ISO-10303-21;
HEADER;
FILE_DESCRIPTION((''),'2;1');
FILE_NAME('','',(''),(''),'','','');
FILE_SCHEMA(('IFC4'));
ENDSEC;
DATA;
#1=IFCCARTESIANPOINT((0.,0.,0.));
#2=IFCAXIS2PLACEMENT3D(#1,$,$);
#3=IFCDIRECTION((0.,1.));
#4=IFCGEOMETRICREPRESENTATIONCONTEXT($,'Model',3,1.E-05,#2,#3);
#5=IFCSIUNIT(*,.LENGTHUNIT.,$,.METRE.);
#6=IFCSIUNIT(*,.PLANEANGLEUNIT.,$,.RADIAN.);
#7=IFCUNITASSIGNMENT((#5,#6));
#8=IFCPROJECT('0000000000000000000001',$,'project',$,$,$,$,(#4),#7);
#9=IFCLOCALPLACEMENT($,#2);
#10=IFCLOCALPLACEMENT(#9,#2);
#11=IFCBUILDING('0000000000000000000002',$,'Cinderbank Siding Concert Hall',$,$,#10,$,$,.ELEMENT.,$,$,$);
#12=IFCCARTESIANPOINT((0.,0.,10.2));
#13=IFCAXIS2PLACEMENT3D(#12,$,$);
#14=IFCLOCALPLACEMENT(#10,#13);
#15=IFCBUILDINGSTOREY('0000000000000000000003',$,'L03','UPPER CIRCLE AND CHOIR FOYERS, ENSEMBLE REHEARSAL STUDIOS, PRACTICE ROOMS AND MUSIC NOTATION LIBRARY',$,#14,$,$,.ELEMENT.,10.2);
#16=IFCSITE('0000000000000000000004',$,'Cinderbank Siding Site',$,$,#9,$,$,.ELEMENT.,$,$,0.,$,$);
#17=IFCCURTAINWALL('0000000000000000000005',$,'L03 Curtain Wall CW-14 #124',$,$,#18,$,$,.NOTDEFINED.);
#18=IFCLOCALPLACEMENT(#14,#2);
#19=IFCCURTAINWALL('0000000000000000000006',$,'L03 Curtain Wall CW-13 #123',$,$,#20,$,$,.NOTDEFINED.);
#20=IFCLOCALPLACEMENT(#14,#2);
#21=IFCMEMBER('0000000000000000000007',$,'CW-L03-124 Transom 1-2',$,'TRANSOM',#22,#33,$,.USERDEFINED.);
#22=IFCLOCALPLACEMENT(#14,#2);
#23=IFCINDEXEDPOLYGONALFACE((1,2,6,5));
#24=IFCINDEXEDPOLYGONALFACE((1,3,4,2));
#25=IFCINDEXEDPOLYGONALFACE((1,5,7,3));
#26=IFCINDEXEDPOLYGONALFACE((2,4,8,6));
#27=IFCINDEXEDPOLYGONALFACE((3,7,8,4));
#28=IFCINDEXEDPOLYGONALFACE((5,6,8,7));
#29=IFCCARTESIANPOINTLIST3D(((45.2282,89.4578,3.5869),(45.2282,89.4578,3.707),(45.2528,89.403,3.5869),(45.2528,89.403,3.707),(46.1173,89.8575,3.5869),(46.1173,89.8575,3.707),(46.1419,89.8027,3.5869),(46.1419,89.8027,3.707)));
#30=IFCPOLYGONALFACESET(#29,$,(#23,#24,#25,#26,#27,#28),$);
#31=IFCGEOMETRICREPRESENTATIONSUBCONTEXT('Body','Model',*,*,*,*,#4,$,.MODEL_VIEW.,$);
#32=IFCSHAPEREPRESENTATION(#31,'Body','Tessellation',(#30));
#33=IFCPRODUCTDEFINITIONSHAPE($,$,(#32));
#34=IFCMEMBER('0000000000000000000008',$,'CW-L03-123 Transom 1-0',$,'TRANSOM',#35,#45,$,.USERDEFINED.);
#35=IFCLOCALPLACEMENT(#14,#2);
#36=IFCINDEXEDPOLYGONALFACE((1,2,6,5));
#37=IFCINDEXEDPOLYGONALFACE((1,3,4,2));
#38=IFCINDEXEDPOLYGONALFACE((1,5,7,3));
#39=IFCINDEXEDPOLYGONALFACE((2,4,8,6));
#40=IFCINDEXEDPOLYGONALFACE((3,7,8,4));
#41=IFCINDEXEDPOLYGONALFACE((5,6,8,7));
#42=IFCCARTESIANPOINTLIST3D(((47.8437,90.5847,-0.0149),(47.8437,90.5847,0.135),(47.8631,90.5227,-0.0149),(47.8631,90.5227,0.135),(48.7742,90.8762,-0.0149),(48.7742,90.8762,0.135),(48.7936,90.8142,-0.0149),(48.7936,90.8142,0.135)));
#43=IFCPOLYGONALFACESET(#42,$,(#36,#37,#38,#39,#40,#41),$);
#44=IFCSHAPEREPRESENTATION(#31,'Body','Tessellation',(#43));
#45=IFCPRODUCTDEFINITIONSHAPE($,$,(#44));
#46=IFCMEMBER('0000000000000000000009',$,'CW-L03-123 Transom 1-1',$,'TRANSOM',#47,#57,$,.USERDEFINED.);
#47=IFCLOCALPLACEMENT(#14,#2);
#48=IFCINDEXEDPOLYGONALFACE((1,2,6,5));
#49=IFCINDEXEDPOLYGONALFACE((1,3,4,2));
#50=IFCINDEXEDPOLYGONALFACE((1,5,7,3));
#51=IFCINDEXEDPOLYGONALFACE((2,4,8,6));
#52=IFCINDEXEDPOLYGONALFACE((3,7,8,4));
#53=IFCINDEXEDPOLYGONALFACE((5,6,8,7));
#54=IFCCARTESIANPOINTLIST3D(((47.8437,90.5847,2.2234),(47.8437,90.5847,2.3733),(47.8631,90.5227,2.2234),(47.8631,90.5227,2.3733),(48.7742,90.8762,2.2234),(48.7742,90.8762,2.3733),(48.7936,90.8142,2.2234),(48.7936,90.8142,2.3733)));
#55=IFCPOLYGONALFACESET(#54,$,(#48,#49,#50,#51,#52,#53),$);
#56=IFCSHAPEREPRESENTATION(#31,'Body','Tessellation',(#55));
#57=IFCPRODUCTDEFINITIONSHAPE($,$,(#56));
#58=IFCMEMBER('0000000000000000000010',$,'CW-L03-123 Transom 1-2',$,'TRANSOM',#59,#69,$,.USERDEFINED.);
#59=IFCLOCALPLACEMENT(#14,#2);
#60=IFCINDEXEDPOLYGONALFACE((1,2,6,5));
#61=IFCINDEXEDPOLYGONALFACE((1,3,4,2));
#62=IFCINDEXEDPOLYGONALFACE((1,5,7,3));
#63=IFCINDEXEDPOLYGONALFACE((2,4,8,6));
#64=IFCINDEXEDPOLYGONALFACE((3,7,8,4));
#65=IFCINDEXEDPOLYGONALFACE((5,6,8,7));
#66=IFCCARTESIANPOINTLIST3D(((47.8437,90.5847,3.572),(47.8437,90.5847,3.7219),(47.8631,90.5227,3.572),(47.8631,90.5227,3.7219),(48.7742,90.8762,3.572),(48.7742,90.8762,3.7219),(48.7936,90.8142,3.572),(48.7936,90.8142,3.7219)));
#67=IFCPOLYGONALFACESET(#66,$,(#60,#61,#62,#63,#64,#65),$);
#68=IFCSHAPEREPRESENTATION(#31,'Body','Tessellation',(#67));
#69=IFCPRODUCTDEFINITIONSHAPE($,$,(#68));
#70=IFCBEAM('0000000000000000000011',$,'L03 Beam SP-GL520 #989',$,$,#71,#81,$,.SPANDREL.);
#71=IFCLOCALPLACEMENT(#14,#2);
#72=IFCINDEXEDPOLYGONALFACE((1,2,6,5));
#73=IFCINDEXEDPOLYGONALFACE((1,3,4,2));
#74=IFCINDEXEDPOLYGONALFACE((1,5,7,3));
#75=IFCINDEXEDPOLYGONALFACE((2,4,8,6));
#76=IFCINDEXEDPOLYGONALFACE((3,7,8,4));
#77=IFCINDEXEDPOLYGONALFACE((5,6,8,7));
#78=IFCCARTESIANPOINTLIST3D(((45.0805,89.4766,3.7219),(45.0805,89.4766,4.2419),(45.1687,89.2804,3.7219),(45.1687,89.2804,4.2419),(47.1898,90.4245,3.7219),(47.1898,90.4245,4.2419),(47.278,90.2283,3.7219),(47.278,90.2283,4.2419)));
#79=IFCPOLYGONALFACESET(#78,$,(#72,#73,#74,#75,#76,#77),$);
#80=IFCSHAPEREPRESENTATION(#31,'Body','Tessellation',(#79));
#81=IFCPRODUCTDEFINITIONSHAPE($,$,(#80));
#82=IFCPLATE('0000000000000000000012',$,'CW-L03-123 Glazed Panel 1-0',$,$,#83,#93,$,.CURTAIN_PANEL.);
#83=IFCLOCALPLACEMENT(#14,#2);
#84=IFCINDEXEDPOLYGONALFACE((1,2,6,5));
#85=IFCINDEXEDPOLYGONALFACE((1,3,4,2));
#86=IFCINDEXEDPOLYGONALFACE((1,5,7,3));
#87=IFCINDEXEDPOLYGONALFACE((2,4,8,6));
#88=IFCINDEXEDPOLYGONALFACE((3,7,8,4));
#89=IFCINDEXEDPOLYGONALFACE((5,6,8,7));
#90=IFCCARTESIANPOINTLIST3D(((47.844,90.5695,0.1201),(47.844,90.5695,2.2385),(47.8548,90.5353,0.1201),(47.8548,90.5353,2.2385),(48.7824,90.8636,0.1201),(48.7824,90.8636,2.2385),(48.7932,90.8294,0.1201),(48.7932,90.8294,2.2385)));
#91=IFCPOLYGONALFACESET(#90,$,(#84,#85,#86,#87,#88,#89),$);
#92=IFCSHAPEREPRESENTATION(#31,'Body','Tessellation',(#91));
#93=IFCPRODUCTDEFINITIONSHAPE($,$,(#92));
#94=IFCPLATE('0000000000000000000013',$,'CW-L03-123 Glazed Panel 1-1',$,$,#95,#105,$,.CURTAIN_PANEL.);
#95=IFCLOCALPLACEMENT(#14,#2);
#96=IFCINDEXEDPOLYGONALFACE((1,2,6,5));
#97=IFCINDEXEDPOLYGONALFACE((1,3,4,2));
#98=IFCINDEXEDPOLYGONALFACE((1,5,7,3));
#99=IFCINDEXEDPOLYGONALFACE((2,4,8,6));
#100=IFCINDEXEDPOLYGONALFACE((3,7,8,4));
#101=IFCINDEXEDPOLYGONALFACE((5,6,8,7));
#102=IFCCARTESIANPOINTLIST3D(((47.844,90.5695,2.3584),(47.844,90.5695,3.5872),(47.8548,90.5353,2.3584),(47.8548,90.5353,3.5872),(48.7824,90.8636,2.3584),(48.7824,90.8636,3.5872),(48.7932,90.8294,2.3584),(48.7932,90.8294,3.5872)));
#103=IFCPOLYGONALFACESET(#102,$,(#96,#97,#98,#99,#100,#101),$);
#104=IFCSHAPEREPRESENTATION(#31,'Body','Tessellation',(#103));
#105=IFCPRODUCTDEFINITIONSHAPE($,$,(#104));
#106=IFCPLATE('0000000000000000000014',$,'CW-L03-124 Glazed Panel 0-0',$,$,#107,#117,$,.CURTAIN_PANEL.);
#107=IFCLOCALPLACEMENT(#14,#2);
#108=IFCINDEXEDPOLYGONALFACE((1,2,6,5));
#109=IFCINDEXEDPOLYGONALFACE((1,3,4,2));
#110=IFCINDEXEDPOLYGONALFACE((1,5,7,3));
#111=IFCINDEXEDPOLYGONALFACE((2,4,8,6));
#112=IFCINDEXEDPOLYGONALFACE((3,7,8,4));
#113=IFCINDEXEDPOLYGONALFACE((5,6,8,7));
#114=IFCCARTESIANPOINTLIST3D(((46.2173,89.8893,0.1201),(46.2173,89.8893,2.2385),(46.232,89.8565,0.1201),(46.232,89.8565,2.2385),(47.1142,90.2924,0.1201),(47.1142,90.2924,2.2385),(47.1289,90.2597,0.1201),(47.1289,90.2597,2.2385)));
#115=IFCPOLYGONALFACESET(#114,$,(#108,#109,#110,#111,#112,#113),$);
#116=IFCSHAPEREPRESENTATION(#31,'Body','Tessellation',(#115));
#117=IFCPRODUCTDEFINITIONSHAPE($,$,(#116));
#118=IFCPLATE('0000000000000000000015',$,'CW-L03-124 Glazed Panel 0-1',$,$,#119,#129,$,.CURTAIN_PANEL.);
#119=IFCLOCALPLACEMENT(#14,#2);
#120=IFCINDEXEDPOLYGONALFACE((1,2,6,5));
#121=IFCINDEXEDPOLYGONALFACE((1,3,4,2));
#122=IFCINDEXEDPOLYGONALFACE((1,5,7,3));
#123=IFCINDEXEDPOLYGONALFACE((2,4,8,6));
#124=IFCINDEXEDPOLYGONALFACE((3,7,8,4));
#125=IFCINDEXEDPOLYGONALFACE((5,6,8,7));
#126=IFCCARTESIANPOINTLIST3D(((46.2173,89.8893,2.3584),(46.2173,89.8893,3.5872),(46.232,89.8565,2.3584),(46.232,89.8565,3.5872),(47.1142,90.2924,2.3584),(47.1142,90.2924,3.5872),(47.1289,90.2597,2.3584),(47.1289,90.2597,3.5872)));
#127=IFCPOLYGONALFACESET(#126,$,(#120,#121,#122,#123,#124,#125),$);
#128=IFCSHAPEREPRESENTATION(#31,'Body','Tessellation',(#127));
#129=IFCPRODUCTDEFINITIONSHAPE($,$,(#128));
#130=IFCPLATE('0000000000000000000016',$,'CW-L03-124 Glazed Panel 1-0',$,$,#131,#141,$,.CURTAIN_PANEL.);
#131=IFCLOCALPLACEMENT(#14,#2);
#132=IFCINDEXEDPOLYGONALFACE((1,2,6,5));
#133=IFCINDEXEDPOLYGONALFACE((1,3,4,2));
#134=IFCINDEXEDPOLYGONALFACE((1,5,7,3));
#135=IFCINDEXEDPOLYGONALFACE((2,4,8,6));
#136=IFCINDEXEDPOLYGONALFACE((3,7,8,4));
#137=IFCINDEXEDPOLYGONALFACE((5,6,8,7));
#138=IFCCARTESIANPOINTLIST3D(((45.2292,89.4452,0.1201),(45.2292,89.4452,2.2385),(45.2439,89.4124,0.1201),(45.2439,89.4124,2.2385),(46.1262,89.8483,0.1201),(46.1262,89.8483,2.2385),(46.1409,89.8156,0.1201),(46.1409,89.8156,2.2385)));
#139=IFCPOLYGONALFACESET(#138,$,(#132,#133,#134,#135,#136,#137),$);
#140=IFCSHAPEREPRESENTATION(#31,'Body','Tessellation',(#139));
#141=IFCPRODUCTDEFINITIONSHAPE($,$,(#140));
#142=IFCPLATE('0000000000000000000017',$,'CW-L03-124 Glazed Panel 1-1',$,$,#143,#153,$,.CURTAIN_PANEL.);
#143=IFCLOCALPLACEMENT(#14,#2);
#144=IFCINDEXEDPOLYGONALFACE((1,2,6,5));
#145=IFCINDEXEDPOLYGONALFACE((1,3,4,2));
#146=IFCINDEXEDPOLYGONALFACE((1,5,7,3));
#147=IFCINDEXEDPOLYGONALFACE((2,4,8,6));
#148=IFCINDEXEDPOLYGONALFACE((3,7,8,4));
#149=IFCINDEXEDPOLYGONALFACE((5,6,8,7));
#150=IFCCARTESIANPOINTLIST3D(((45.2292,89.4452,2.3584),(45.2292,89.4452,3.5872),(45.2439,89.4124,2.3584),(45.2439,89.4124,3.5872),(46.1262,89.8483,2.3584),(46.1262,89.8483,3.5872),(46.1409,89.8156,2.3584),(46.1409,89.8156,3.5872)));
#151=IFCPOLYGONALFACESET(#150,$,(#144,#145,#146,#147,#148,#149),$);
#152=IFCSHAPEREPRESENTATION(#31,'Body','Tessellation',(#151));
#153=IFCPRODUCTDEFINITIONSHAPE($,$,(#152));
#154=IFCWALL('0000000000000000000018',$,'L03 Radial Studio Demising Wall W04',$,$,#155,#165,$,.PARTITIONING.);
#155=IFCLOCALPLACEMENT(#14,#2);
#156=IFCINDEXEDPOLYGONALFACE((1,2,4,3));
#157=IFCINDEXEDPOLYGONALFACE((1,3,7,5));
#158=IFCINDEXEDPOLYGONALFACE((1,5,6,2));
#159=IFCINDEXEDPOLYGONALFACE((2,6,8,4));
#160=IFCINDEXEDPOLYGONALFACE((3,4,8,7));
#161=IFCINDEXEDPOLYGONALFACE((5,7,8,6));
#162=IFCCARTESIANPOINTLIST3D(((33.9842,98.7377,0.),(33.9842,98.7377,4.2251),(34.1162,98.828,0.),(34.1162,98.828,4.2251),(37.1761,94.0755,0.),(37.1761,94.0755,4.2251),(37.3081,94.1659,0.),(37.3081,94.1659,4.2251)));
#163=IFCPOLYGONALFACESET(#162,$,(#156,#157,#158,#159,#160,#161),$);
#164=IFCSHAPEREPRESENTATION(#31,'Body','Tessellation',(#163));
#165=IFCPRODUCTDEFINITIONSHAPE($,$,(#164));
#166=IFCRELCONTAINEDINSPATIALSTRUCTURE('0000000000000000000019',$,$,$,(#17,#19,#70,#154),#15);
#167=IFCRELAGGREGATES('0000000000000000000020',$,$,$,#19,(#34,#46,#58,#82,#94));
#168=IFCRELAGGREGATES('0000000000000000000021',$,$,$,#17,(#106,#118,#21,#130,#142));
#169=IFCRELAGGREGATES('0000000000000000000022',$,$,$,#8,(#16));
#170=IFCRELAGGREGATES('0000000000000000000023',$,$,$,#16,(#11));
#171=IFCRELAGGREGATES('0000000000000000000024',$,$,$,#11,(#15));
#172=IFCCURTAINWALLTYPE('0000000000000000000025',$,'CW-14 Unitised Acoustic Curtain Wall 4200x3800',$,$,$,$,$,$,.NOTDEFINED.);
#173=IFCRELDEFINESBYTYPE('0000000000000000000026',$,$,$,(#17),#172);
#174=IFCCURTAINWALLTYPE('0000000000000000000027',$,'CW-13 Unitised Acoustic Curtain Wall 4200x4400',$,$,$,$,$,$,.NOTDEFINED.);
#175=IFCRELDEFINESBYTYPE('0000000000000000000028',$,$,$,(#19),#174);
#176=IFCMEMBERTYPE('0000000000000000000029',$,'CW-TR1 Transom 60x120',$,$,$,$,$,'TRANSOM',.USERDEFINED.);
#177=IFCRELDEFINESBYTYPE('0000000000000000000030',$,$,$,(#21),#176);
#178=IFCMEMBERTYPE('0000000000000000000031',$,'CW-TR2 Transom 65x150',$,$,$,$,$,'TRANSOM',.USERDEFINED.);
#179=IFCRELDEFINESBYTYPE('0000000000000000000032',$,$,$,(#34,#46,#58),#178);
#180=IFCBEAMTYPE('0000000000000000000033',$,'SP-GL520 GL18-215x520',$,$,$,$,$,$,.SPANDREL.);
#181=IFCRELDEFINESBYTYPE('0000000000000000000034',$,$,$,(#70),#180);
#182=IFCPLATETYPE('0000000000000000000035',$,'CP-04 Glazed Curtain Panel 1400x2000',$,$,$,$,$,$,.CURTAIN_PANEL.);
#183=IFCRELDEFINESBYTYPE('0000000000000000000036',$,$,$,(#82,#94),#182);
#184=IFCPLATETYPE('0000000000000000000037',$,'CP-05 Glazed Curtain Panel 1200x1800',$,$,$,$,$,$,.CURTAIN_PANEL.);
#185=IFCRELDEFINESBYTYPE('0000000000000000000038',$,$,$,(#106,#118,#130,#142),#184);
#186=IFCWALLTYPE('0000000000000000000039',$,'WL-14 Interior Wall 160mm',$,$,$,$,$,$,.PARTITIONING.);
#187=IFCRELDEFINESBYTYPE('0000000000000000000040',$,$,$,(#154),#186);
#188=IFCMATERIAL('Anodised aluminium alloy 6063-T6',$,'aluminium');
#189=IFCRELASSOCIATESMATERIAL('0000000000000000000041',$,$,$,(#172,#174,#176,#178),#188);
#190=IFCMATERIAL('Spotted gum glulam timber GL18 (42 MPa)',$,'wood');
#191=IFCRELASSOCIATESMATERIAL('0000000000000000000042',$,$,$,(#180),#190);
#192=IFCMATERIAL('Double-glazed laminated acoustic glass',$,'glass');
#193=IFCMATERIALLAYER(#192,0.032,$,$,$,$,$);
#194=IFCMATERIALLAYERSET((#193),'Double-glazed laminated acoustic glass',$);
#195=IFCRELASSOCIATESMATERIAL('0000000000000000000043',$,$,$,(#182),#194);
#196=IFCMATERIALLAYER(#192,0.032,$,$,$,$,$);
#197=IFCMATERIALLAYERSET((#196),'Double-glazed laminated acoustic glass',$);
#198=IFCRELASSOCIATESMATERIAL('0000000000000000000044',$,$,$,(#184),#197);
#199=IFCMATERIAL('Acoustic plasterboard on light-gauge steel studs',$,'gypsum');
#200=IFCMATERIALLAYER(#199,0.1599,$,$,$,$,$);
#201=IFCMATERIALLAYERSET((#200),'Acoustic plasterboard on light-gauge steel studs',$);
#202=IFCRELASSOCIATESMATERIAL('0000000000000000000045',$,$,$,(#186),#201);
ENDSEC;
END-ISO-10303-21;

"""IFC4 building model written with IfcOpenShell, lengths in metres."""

from ifc_helpers import new_model, si_unit, direction, frame, frame_2d, origin, origin_2d, place, context, subcontext, project, spatial, rectangle, extrude, material, layer, layer_set, material_profile, profile_set, type_object, element, aggregate, save


model = new_model("IFC4")

# Units and contexts
model_context = context("Model", 3, precision=1e-05, world=origin(), true_north=direction((0.0, 1.0)))
body_context = subcontext(model_context, "Body", "Model", "MODEL_VIEW")
ifc_project = project(units=[si_unit("LENGTHUNIT", "METRE"), si_unit("PLANEANGLEUNIT", "RADIAN")], contexts=[model_context])

# Site, building, storey
site_placement = place(None, origin())
site = spatial("IfcSite", under=ifc_project, at=site_placement, Name="Cinderbank Siding Site", CompositionType="ELEMENT", RefElevation=0.0)
building_placement = place(site_placement, origin())
building = spatial("IfcBuilding", under=site, at=building_placement, Name="Cinderbank Siding Concert Hall", CompositionType="ELEMENT")
storey_placement = place(building_placement, frame((0.0, 0.0, 10.2)))
storey = spatial("IfcBuildingStorey", under=building, at=storey_placement, Name="L03", Description="UPPER CIRCLE AND CHOIR FOYERS, ENSEMBLE REHEARSAL STUDIOS, PRACTICE ROOMS AND MUSIC NOTATION LIBRARY", CompositionType="ELEMENT", Elevation=10.2)

# Curtain wall
ifc_material_1 = material(Name="Anodised aluminium alloy 6063-T6", Category="aluminium")
curtain_wall_type_1 = type_object("IfcCurtainWallType", Name="CW-14 Unitised Acoustic Curtain Wall 4200x3800", PredefinedType="NOTDEFINED", material=ifc_material_1)
curtain_wall_1_placement = place(storey_placement, origin())
curtain_wall_1 = element("IfcCurtainWall", 1, at=curtain_wall_1_placement, inside=storey, type_object=curtain_wall_type_1, Name="L03 Curtain Wall CW-14 #124", PredefinedType="NOTDEFINED")

# Curtain wall
curtain_wall_type_2 = type_object("IfcCurtainWallType", Name="CW-13 Unitised Acoustic Curtain Wall 4200x4400", PredefinedType="NOTDEFINED", material=ifc_material_1)
curtain_wall_2_placement = place(storey_placement, origin())
curtain_wall_2 = element("IfcCurtainWall", 2, at=curtain_wall_2_placement, inside=storey, type_object=curtain_wall_type_2, Name="L03 Curtain Wall CW-13 #123", PredefinedType="NOTDEFINED")

# Members
ifc_material_profile_1 = material_profile(ifc_material_1, rectangle(XDim=0.0601, YDim=0.1201, at=origin_2d()), Name="ALU-TRAN-60x120", Category="LoadBearing")
ifc_profile_set_1 = profile_set([ifc_material_profile_1], Name="Anodised aluminium alloy 6063-T6")
member_type_1 = type_object("IfcMemberType", Name="CW-TR1 Transom 60x120", ElementType="TRANSOM", PredefinedType="USERDEFINED", material=ifc_profile_set_1)
member_1_placement = place(storey_placement, frame((46.1296, 89.8301, 3.647), z_axis=(-0.912099, -0.409969, 0.0), x_axis=(0.409969, -0.912099, 0.0)))
member_1 = element("IfcMember", 3, at=member_1_placement, type_object=member_type_1, Name="CW-L03-124 Transom 1-2", ObjectType="TRANSOM", PredefinedType="USERDEFINED", context=body_context, shape_type="SweptSolid", body=[
    extrude(rectangle(XDim=0.0601, YDim=0.1201, at=origin_2d()), origin(), (0.0, 0.0, 1.0), 0.9749),
])
ifc_material_profile_2 = material_profile(ifc_material_1, rectangle(XDim=0.0649, YDim=0.1499, at=origin_2d()), Name="ALU-TRAN-65x150", Category="LoadBearing")
ifc_profile_set_2 = profile_set([ifc_material_profile_2], Name="Anodised aluminium alloy 6063-T6")
member_type_2 = type_object("IfcMemberType", Name="CW-TR2 Transom 65x150", ElementType="TRANSOM", PredefinedType="USERDEFINED", material=ifc_profile_set_2)
member_2_placement = place(storey_placement, frame((48.7839, 90.8452, 0.0601), z_axis=(-0.954261, -0.298974, 0.0), x_axis=(0.298974, -0.954261, 0.0)))
member_2 = element("IfcMember", 4, at=member_2_placement, type_object=member_type_2, Name="CW-L03-123 Transom 1-0", ObjectType="TRANSOM", PredefinedType="USERDEFINED", context=body_context, shape_type="SweptSolid", body=[
    extrude(rectangle(XDim=0.0649, YDim=0.1499, at=origin_2d()), origin(), (0.0, 0.0, 1.0), 0.9751),
])
member_3_placement = place(storey_placement, frame((48.7839, 90.8452, 2.2983), z_axis=(-0.954261, -0.298974, 0.0), x_axis=(0.298974, -0.954261, 0.0)))
member_3 = element("IfcMember", 5, at=member_3_placement, type_object=member_type_2, Name="CW-L03-123 Transom 1-1", ObjectType="TRANSOM", PredefinedType="USERDEFINED", context=body_context, shape_type="SweptSolid", body=[
    extrude(rectangle(XDim=0.0649, YDim=0.1499, at=origin_2d()), origin(), (0.0, 0.0, 1.0), 0.9751),
])
member_4_placement = place(storey_placement, frame((48.7839, 90.8452, 3.647), z_axis=(-0.954261, -0.298974, 0.0), x_axis=(0.298974, -0.954261, 0.0)))
member_4 = element("IfcMember", 6, at=member_4_placement, type_object=member_type_2, Name="CW-L03-123 Transom 1-2", ObjectType="TRANSOM", PredefinedType="USERDEFINED", context=body_context, shape_type="SweptSolid", body=[
    extrude(rectangle(XDim=0.0649, YDim=0.1499, at=origin_2d()), origin(), (0.0, 0.0, 1.0), 0.9751),
])

# Beam
ifc_material_2 = material(Name="Spotted gum glulam timber GL18 (42 MPa)", Category="wood")
ifc_material_profile_3 = material_profile(ifc_material_2, rectangle(XDim=0.2151, YDim=0.52, at=origin_2d()), Name="GL18-215x520", Category="LoadBearing")
ifc_profile_set_3 = profile_set([ifc_material_profile_3], Name="Spotted gum glulam timber GL18 (42 MPa)")
beam_type_1 = type_object("IfcBeamType", Name="SP-GL520 GL18-215x520", PredefinedType="SPANDREL", material=ifc_profile_set_3)
beam_1_placement = place(storey_placement, frame((47.2339, 90.3264, 3.9819), z_axis=(-0.912119, -0.409926, 0.0), x_axis=(0.409926, -0.912119, 0.0)))
element("IfcBeam", 7, at=beam_1_placement, inside=storey, type_object=beam_type_1, Name="L03 Beam SP-GL520 #989", PredefinedType="SPANDREL", context=body_context, shape_type="SweptSolid", body=[
    extrude(rectangle(XDim=0.2151, YDim=0.52, at=origin_2d()), origin(), (0.0, 0.0, 1.0), 2.3125),
])

# Plates
ifc_material_3 = material(Name="Double-glazed laminated acoustic glass", Category="glass")
ifc_layer_1 = layer(ifc_material_3, 0.032)
ifc_layer_set_1 = layer_set([ifc_layer_1], Name="Double-glazed laminated acoustic glass")
plate_type_1 = type_object("IfcPlateType", Name="CP-04 Glazed Curtain Panel 1400x2000", PredefinedType="CURTAIN_PANEL", material=ifc_layer_set_1)
plate_1_placement = place(storey_placement, frame((48.3186, 90.6995, 0.1201), z_axis=(0.0, 0.0, 1.0), x_axis=(-0.95424, -0.299041, 0.0)))
plate_1 = element("IfcPlate", 8, at=plate_1_placement, type_object=plate_type_1, Name="CW-L03-123 Glazed Panel 1-0", PredefinedType="CURTAIN_PANEL", context=body_context, shape_type="SweptSolid", body=[
    extrude(rectangle(XDim=0.9834, YDim=0.0359, at=origin_2d()), origin(), (0.0, 0.0, 1.0), 2.1184),
])
plate_2_placement = place(storey_placement, frame((48.3186, 90.6995, 2.3584), z_axis=(0.0, 0.0, 1.0), x_axis=(-0.95424, -0.299041, 0.0)))
plate_2 = element("IfcPlate", 9, at=plate_2_placement, type_object=plate_type_1, Name="CW-L03-123 Glazed Panel 1-1", PredefinedType="CURTAIN_PANEL", context=body_context, shape_type="SweptSolid", body=[
    extrude(rectangle(XDim=0.9834, YDim=0.0359, at=origin_2d()), origin(), (0.0, 0.0, 1.0), 1.2288),
])
aggregate(curtain_wall_2, [member_2, member_3, member_4, plate_1, plate_2])
ifc_layer_2 = layer(ifc_material_3, 0.032)
ifc_layer_set_2 = layer_set([ifc_layer_2], Name="Double-glazed laminated acoustic glass")
plate_type_2 = type_object("IfcPlateType", Name="CP-05 Glazed Curtain Panel 1200x1800", PredefinedType="CURTAIN_PANEL", material=ifc_layer_set_2)
plate_3_placement = place(storey_placement, frame((46.6731, 90.0745, 0.1201), z_axis=(0.0, 0.0, 1.0), x_axis=(-0.912122, -0.409919, 0.0)))
plate_3 = element("IfcPlate", 10, at=plate_3_placement, type_object=plate_type_2, Name="CW-L03-124 Glazed Panel 0-0", PredefinedType="CURTAIN_PANEL", context=body_context, shape_type="SweptSolid", body=[
    extrude(rectangle(XDim=0.9834, YDim=0.0359, at=origin_2d()), origin(), (0.0, 0.0, 1.0), 2.1184),
])
plate_4_placement = place(storey_placement, frame((46.6731, 90.0745, 2.3584), z_axis=(0.0, 0.0, 1.0), x_axis=(-0.912122, -0.409919, 0.0)))
plate_4 = element("IfcPlate", 11, at=plate_4_placement, type_object=plate_type_2, Name="CW-L03-124 Glazed Panel 0-1", PredefinedType="CURTAIN_PANEL", context=body_context, shape_type="SweptSolid", body=[
    extrude(rectangle(XDim=0.9834, YDim=0.0359, at=origin_2d()), origin(), (0.0, 0.0, 1.0), 1.2288),
])
plate_5_placement = place(storey_placement, frame((45.6851, 89.6304, 0.1201), z_axis=(0.0, 0.0, 1.0), x_axis=(-0.912122, -0.409919, 0.0)))
plate_5 = element("IfcPlate", 12, at=plate_5_placement, type_object=plate_type_2, Name="CW-L03-124 Glazed Panel 1-0", PredefinedType="CURTAIN_PANEL", context=body_context, shape_type="SweptSolid", body=[
    extrude(rectangle(XDim=0.9834, YDim=0.0359, at=origin_2d()), origin(), (0.0, 0.0, 1.0), 2.1184),
])
plate_6_placement = place(storey_placement, frame((45.6851, 89.6304, 2.3584), z_axis=(0.0, 0.0, 1.0), x_axis=(-0.912122, -0.409919, 0.0)))
plate_6 = element("IfcPlate", 13, at=plate_6_placement, type_object=plate_type_2, Name="CW-L03-124 Glazed Panel 1-1", PredefinedType="CURTAIN_PANEL", context=body_context, shape_type="SweptSolid", body=[
    extrude(rectangle(XDim=0.9834, YDim=0.0359, at=origin_2d()), origin(), (0.0, 0.0, 1.0), 1.2288),
])
aggregate(curtain_wall_1, [plate_3, plate_4, member_1, plate_5, plate_6])

# Wall
ifc_material_4 = material(Name="Acoustic plasterboard on light-gauge steel studs", Category="gypsum")
ifc_layer_3 = layer(ifc_material_4, 0.1599)
ifc_layer_set_3 = layer_set([ifc_layer_3], Name="Acoustic plasterboard on light-gauge steel studs")
wall_type_1 = type_object("IfcWallType", Name="WL-14 Interior Wall 160mm", PredefinedType="PARTITIONING", material=ifc_layer_set_3)
wall_1_placement = place(storey_placement, frame((37.2422, 94.1206, 0.0), z_axis=(0.0, 0.0, 1.0), x_axis=(-0.564929, 0.82514, 0.0)))
element("IfcWall", 14, at=wall_1_placement, inside=storey, type_object=wall_type_1, Name="L03 Radial Studio Demising Wall W04", PredefinedType="PARTITIONING", context=body_context, shape_type="SweptSolid", body=[
    extrude(rectangle(XDim=5.6501, YDim=0.1599, at=frame_2d((2.8252, 0.0))), origin(), (0.0, 0.0, 1.0), 4.2251),
])

save(model, "model.ifc")
